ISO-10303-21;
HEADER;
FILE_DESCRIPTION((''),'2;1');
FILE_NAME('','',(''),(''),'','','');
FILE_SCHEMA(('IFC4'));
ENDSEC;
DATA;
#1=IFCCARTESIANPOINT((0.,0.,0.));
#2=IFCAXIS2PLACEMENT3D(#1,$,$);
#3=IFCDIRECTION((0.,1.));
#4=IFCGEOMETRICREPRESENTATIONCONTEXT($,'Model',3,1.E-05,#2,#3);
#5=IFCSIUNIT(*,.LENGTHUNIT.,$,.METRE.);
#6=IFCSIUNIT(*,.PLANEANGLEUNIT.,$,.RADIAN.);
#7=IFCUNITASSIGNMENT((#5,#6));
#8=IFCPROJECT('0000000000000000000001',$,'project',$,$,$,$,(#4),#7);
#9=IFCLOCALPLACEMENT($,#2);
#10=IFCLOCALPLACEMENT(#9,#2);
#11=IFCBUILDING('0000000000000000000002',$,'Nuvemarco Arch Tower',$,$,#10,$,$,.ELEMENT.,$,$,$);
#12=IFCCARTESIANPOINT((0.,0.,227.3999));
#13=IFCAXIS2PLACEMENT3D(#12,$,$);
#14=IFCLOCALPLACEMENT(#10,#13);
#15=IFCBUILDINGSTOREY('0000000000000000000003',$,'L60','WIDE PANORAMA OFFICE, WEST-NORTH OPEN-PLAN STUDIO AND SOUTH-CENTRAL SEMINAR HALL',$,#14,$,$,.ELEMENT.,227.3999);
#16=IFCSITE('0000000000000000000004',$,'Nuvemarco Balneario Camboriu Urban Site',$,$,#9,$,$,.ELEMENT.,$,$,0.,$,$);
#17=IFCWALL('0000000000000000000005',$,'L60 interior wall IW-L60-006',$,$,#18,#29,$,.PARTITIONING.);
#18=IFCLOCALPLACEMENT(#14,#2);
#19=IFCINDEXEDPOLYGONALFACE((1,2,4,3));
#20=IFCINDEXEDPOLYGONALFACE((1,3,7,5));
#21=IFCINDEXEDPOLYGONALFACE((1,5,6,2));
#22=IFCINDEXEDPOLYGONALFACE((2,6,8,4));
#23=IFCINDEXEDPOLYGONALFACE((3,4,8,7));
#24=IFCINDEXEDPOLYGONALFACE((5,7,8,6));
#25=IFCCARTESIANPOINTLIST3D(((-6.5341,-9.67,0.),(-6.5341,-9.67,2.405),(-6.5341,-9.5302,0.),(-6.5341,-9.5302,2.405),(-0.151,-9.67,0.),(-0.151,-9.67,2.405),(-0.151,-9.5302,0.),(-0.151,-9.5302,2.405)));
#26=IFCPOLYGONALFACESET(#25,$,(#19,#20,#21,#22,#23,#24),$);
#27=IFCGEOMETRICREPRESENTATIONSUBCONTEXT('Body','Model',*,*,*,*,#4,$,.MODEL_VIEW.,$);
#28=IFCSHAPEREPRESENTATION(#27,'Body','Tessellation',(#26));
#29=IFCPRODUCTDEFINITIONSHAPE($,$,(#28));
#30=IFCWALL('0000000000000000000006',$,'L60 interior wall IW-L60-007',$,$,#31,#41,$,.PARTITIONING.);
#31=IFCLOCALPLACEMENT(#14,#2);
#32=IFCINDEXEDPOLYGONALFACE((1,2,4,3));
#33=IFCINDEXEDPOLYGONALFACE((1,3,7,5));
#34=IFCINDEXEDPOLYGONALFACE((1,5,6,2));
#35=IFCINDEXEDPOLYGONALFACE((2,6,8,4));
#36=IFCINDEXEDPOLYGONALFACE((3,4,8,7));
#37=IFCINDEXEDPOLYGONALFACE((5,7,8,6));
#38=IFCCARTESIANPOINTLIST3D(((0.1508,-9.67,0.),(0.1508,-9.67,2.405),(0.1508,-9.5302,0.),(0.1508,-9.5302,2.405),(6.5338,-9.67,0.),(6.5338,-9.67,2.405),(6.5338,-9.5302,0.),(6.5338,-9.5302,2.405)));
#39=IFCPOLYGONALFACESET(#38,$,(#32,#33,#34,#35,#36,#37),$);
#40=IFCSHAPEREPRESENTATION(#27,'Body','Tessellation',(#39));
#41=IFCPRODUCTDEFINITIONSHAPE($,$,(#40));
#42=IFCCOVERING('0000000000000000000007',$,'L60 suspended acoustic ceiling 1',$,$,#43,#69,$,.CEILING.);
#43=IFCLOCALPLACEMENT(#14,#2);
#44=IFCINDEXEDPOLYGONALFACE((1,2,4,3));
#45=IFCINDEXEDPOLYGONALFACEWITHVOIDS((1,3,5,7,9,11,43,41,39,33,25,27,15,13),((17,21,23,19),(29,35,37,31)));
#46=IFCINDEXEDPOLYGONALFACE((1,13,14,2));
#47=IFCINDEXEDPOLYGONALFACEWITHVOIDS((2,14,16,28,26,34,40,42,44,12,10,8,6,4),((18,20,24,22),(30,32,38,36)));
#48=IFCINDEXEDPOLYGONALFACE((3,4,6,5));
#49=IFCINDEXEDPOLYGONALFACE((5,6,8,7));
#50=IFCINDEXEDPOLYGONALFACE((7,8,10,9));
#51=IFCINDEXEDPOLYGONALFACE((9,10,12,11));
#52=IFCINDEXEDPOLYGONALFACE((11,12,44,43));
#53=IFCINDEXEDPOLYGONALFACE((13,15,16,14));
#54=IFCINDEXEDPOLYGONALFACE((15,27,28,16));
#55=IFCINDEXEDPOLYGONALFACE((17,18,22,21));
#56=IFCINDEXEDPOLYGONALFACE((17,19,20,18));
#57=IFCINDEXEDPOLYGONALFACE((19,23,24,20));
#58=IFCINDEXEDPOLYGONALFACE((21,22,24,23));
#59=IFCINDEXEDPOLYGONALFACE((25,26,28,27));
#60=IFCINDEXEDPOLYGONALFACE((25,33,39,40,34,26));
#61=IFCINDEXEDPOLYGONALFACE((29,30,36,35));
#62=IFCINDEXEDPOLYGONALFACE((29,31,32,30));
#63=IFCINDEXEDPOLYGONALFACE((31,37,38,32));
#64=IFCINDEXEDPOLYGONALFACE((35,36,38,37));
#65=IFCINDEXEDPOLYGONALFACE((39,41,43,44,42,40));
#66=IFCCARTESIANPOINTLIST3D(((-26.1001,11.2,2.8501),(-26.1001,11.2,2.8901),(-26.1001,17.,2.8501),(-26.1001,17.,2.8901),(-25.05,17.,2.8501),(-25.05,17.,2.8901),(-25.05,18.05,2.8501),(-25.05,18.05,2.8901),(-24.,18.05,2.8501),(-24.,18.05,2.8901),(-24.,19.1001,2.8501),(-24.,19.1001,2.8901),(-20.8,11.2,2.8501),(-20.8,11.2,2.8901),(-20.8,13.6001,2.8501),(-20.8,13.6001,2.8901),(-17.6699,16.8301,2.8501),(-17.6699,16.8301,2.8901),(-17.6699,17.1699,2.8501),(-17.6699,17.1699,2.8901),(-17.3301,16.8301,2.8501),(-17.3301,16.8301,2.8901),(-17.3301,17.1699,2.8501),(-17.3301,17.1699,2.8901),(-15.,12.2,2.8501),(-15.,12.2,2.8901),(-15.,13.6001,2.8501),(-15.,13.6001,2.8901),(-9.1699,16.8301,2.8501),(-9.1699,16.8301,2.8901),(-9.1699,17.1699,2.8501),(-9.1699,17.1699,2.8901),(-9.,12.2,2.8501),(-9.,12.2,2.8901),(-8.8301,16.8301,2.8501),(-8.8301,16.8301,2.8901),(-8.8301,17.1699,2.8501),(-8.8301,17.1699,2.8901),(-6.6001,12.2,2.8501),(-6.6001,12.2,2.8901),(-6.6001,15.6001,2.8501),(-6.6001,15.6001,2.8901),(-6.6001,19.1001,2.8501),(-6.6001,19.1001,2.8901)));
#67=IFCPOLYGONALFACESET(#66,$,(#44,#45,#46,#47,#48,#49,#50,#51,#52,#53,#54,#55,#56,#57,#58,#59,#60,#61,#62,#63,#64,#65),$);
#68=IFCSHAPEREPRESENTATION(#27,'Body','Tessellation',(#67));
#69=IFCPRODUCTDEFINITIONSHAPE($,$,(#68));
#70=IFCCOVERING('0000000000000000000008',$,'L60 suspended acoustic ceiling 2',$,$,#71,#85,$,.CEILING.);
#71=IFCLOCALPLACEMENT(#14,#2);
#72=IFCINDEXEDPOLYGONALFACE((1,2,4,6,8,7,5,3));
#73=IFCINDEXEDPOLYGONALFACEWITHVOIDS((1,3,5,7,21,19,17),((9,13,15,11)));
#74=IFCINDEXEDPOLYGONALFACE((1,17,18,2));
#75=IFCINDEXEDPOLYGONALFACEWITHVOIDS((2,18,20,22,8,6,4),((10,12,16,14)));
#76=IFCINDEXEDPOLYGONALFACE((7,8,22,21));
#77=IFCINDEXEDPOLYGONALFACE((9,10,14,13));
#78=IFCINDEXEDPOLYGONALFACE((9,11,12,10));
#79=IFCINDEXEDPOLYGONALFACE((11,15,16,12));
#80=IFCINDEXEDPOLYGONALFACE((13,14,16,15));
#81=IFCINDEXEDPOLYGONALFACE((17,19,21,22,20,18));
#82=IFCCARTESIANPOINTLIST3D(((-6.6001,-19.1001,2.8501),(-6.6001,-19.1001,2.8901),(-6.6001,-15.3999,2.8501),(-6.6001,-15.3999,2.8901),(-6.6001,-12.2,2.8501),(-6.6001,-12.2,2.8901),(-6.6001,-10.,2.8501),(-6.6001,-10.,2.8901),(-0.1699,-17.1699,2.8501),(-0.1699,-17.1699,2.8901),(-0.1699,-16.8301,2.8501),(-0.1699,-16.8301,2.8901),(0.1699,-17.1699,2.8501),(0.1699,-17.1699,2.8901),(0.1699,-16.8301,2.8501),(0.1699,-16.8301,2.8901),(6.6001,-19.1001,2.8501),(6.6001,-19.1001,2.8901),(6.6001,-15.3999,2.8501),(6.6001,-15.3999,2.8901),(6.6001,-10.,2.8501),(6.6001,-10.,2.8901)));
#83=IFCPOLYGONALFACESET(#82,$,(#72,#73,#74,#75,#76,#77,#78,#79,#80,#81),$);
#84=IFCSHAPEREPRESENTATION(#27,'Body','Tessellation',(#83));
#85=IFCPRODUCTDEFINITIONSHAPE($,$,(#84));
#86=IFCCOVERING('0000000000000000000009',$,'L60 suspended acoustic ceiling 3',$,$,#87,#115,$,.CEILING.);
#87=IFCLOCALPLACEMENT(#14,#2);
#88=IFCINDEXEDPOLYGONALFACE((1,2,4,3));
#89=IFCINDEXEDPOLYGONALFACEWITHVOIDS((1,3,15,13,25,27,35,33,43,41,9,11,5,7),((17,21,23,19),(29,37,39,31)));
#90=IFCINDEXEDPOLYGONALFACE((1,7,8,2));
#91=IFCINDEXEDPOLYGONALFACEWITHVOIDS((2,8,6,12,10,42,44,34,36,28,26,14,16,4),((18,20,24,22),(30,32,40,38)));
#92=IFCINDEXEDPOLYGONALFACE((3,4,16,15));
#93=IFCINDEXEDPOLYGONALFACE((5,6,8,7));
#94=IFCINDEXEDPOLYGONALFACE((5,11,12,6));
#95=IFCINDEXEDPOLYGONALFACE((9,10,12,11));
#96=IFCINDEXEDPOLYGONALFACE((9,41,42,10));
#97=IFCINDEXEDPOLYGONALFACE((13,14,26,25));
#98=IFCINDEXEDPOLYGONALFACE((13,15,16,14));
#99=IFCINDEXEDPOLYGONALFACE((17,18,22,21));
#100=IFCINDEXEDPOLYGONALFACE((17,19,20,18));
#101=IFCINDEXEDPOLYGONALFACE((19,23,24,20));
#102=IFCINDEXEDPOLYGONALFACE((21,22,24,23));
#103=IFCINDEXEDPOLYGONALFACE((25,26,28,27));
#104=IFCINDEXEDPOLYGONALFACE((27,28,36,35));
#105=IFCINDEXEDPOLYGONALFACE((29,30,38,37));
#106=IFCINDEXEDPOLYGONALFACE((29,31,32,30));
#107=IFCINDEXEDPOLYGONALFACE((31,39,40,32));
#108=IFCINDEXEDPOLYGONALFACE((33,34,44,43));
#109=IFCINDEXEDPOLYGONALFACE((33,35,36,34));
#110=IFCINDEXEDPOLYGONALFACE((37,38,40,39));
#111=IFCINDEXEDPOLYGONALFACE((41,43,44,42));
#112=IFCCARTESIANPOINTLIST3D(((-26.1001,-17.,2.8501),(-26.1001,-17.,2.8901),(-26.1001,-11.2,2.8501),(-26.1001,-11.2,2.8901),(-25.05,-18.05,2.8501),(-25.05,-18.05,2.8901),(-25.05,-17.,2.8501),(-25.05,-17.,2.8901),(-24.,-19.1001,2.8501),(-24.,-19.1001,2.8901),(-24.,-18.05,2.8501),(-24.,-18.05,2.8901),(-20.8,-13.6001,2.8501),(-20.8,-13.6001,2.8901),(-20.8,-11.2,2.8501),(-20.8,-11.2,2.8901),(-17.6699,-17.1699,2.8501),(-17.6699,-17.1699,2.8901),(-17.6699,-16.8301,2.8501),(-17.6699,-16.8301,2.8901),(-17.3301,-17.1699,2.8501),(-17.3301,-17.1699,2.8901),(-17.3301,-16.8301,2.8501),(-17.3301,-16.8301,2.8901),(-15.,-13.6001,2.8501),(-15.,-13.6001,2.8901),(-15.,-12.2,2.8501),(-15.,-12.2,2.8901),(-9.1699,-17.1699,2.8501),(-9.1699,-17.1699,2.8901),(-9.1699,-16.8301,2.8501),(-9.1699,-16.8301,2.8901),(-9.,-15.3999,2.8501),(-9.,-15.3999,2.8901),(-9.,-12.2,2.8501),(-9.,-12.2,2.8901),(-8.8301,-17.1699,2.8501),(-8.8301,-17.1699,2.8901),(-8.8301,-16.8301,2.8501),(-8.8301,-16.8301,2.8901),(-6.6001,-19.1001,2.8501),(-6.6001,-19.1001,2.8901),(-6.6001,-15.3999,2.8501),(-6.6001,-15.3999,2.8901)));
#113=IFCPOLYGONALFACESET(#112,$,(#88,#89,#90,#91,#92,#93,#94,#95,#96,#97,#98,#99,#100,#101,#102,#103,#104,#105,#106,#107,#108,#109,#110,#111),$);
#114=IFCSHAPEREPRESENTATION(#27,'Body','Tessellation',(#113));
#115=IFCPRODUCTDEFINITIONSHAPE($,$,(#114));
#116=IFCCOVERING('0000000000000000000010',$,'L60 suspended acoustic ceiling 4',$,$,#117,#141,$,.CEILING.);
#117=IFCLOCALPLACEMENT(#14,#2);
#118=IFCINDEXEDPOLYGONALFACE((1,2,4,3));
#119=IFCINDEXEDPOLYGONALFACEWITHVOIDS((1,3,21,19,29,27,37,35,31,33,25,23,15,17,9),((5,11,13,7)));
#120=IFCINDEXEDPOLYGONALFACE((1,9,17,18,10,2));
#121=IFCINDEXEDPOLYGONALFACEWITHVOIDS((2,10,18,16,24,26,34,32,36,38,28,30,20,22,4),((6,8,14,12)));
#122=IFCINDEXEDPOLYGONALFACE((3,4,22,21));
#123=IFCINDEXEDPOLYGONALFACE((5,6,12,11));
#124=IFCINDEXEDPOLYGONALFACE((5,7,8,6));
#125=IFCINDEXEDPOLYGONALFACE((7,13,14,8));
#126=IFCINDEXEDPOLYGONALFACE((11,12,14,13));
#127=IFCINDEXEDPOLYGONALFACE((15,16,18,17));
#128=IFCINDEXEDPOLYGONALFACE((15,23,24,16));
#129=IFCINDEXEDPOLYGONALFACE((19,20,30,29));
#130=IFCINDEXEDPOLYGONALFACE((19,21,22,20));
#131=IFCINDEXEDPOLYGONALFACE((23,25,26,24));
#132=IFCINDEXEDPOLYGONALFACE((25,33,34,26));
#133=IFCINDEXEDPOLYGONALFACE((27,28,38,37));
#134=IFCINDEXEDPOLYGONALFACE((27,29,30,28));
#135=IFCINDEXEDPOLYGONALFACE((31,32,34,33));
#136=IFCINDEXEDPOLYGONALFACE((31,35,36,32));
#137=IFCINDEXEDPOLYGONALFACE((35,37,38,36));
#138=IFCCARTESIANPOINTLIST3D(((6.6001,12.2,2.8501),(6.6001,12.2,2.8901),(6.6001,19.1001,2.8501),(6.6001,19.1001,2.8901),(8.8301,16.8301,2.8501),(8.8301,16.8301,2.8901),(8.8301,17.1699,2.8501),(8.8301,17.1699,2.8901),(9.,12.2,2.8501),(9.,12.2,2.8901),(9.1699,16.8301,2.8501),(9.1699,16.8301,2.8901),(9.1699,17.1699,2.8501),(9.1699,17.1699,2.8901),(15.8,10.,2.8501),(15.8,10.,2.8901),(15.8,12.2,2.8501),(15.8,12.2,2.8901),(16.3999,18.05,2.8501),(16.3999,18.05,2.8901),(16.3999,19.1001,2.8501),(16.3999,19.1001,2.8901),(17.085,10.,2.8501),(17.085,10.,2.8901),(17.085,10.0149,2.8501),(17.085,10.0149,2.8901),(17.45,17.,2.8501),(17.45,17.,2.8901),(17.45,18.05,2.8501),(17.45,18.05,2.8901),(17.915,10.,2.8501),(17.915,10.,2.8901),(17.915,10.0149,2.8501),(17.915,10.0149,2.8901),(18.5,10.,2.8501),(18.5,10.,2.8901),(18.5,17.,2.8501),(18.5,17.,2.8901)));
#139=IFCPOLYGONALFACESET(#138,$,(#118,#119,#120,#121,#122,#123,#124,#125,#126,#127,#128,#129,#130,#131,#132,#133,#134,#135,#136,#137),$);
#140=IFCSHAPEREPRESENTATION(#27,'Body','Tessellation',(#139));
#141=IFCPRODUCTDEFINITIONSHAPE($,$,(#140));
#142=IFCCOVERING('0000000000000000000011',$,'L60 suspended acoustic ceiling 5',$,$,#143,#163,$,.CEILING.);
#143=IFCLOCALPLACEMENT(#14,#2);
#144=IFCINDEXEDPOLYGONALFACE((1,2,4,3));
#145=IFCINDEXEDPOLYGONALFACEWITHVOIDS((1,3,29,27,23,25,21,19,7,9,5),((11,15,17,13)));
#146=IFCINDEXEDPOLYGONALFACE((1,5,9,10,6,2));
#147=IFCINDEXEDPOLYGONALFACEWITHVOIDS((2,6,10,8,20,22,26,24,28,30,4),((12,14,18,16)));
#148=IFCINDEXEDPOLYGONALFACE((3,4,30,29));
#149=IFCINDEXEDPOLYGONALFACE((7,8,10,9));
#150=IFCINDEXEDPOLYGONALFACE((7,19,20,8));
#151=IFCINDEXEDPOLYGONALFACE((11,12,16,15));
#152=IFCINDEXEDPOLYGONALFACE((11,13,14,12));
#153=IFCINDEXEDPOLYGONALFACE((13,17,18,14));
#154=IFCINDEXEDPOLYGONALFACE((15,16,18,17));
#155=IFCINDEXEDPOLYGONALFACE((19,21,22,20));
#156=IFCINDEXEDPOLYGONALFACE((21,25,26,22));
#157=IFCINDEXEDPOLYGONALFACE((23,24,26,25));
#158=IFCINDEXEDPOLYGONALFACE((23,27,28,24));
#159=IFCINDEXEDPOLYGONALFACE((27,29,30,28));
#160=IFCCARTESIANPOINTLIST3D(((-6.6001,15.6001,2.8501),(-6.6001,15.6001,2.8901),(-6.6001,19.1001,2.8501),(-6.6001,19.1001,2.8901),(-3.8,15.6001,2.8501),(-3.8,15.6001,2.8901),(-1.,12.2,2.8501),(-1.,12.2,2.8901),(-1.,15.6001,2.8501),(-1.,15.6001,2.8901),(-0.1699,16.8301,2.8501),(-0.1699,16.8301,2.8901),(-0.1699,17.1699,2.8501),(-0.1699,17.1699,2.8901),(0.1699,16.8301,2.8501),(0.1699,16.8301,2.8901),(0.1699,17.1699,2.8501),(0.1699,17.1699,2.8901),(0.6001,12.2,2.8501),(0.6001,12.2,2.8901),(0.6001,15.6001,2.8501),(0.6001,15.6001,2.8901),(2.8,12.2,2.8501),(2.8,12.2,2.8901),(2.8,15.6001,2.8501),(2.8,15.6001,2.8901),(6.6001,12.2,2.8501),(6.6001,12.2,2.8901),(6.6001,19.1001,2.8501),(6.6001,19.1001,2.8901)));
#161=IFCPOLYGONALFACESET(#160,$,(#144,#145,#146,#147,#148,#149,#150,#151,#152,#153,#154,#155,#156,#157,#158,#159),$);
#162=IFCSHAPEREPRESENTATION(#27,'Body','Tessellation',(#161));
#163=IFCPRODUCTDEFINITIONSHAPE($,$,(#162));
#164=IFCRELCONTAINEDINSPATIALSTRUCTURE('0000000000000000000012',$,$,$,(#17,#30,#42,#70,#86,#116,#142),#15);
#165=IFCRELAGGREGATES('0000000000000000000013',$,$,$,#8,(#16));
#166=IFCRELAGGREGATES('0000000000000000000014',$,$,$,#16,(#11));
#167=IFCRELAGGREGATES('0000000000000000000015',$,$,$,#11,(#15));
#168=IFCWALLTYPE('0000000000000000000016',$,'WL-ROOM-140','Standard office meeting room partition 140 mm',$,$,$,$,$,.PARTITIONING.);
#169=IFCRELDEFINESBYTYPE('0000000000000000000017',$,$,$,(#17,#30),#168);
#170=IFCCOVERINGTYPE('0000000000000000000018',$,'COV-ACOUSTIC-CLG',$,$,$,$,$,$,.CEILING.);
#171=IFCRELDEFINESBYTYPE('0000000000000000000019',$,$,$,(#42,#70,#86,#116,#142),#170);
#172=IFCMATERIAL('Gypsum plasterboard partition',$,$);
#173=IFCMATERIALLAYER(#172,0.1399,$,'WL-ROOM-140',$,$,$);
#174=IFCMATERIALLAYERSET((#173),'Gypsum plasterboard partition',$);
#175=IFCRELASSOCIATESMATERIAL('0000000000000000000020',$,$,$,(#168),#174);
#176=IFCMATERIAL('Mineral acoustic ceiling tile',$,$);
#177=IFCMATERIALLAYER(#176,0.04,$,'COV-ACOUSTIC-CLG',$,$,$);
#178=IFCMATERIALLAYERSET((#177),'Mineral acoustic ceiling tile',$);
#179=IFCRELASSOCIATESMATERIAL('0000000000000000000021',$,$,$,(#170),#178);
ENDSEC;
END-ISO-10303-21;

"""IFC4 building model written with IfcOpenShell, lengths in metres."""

from ifc_helpers import new_model, si_unit, direction, frame, frame_2d, origin, place, context, subcontext, project, spatial, polyline, rectangle, outline, extrude, material, layer, layer_set, type_object, element, save


model = new_model("IFC4")

# Units and contexts
model_context = context("Model", 3, precision=1e-05, world=origin(), true_north=direction((0.0, 1.0)))
body_context = subcontext(model_context, "Body", "Model", "MODEL_VIEW")
ifc_project = project(units=[si_unit("LENGTHUNIT", "METRE"), si_unit("PLANEANGLEUNIT", "RADIAN")], contexts=[model_context])

# Site, building, storey
site_placement = place(None, origin())
site = spatial("IfcSite", under=ifc_project, at=site_placement, Name="Nuvemarco Balneario Camboriu Urban Site", CompositionType="ELEMENT", RefElevation=0.0)
building_placement = place(site_placement, origin())
building = spatial("IfcBuilding", under=site, at=building_placement, Name="Nuvemarco Arch Tower", CompositionType="ELEMENT")
storey_placement = place(building_placement, frame((0.0, 0.0, 227.3999)))
storey = spatial("IfcBuildingStorey", under=building, at=storey_placement, Name="L60", Description="WIDE PANORAMA OFFICE, WEST-NORTH OPEN-PLAN STUDIO AND SOUTH-CENTRAL SEMINAR HALL", CompositionType="ELEMENT", Elevation=227.3999)

# Walls
ifc_material_1 = material(Name="Gypsum plasterboard partition")
ifc_layer_1 = layer(ifc_material_1, 0.1399, Name="WL-ROOM-140")
ifc_layer_set_1 = layer_set([ifc_layer_1], Name="Gypsum plasterboard partition")
wall_type_1 = type_object("IfcWallType", Name="WL-ROOM-140", Description="Standard office meeting room partition 140 mm", PredefinedType="PARTITIONING", material=ifc_layer_set_1)
for number, where, z_axis, x_axis, name in (
    (1, (-6.5339, -9.6001, 0.0), (0.0, 0.0, 1.0), (1.0, 0.0, 0.0), "L60 interior wall IW-L60-006"),
    (2, (0.1509, -9.6001, 0.0), (0.0, 0.0, 1.0), (1.0, 0.0, 0.0), "L60 interior wall IW-L60-007"),
):
    element("IfcWall", number, at=place(storey_placement, frame(where, z_axis=z_axis, x_axis=x_axis)), inside=storey, type_object=wall_type_1, Name=name, PredefinedType="PARTITIONING", context=body_context, shape_type="SweptSolid", body=[
        extrude(rectangle(XDim=6.3831, YDim=0.1399, at=frame_2d((3.1914, 0.0))), origin(), (0.0, 0.0, 1.0), 2.405),
    ])

# Coverings
ifc_material_2 = material(Name="Mineral acoustic ceiling tile")
ifc_layer_2 = layer(ifc_material_2, 0.04, Name="COV-ACOUSTIC-CLG")
ifc_layer_set_2 = layer_set([ifc_layer_2], Name="Mineral acoustic ceiling tile")
covering_type_1 = type_object("IfcCoveringType", Name="COV-ACOUSTIC-CLG", PredefinedType="CEILING", material=ifc_layer_set_2)
covering_1_placement = place(storey_placement, frame((0.0, 0.0, 2.8501)))
element("IfcCovering", 3, at=covering_1_placement, inside=storey, type_object=covering_type_1, Name="L60 suspended acoustic ceiling 1", PredefinedType="CEILING", context=body_context, shape_type="SweptSolid", body=[
    extrude(outline(polyline([(-20.8, 11.2), (-26.1001, 11.2), (-26.1001, 17.0), (-25.05, 17.0), (-25.05, 18.05), (-24.0, 18.05), (-24.0, 19.1001), (-6.6001, 19.1001), (-6.6001, 15.6001), (-6.6001, 12.2), (-9.0, 12.2), (-15.0, 12.2), (-15.0, 13.6001), (-20.8, 13.6001), (-20.8, 11.2)]), holes=[polyline([(-17.3301, 17.1699), (-17.6699, 17.1699), (-17.6699, 16.8301), (-17.3301, 16.8301), (-17.3301, 17.1699)]), polyline([(-8.8301, 17.1699), (-9.1699, 17.1699), (-9.1699, 16.8301), (-8.8301, 16.8301), (-8.8301, 17.1699)])]), origin(), (0.0, 0.0, 1.0), 0.04),
])
covering_2_placement = place(storey_placement, frame((0.0, 0.0, 2.8501)))
element("IfcCovering", 4, at=covering_2_placement, inside=storey, type_object=covering_type_1, Name="L60 suspended acoustic ceiling 2", PredefinedType="CEILING", context=body_context, shape_type="SweptSolid", body=[
    extrude(outline(polyline([(6.6001, -15.3999), (6.6001, -19.1001), (-6.6001, -19.1001), (-6.6001, -15.3999), (-6.6001, -12.2), (-6.6001, -10.0), (6.6001, -10.0), (6.6001, -15.3999)]), holes=[polyline([(0.1699, -17.1699), (0.1699, -16.8301), (-0.1699, -16.8301), (-0.1699, -17.1699), (0.1699, -17.1699)])]), origin(), (0.0, 0.0, 1.0), 0.04),
])
covering_3_placement = place(storey_placement, frame((0.0, 0.0, 2.8501)))
element("IfcCovering", 5, at=covering_3_placement, inside=storey, type_object=covering_type_1, Name="L60 suspended acoustic ceiling 3", PredefinedType="CEILING", context=body_context, shape_type="SweptSolid", body=[
    extrude(outline(polyline([(-26.1001, -17.0), (-26.1001, -11.2), (-20.8, -11.2), (-20.8, -13.6001), (-15.0, -13.6001), (-15.0, -12.2), (-9.0, -12.2), (-9.0, -15.3999), (-6.6001, -15.3999), (-6.6001, -19.1001), (-24.0, -19.1001), (-24.0, -18.05), (-25.05, -18.05), (-25.05, -17.0), (-26.1001, -17.0)]), holes=[polyline([(-17.3301, -16.8301), (-17.6699, -16.8301), (-17.6699, -17.1699), (-17.3301, -17.1699), (-17.3301, -16.8301)]), polyline([(-8.8301, -16.8301), (-9.1699, -16.8301), (-9.1699, -17.1699), (-8.8301, -17.1699), (-8.8301, -16.8301)])]), origin(), (0.0, 0.0, 1.0), 0.04),
])
covering_4_placement = place(storey_placement, frame((0.0, 0.0, 2.8501)))
element("IfcCovering", 6, at=covering_4_placement, inside=storey, type_object=covering_type_1, Name="L60 suspended acoustic ceiling 4", PredefinedType="CEILING", context=body_context, shape_type="SweptSolid", body=[
    extrude(outline(polyline([(18.5, 17.0), (18.5, 10.0), (17.915, 10.0), (17.915, 10.0149), (17.085, 10.0149), (17.085, 10.0), (15.8, 10.0), (15.8, 12.2), (9.0, 12.2), (6.6001, 12.2), (6.6001, 19.1001), (16.3999, 19.1001), (16.3999, 18.05), (17.45, 18.05), (17.45, 17.0), (18.5, 17.0)]), holes=[polyline([(9.1699, 17.1699), (8.8301, 17.1699), (8.8301, 16.8301), (9.1699, 16.8301), (9.1699, 17.1699)])]), origin(), (0.0, 0.0, 1.0), 0.04),
])
covering_5_placement = place(storey_placement, frame((0.0, 0.0, 2.8501)))
element("IfcCovering", 7, at=covering_5_placement, inside=storey, type_object=covering_type_1, Name="L60 suspended acoustic ceiling 5", PredefinedType="CEILING", context=body_context, shape_type="SweptSolid", body=[
    extrude(outline(polyline([(-1.0, 12.2), (-1.0, 15.6001), (-3.8, 15.6001), (-6.6001, 15.6001), (-6.6001, 19.1001), (6.6001, 19.1001), (6.6001, 12.2), (2.8, 12.2), (2.8, 15.6001), (0.6001, 15.6001), (0.6001, 12.2), (-1.0, 12.2)]), holes=[polyline([(0.1699, 16.8301), (0.1699, 17.1699), (-0.1699, 17.1699), (-0.1699, 16.8301), (0.1699, 16.8301)])]), origin(), (0.0, 0.0, 1.0), 0.04),
])

save(model, "model.ifc")
